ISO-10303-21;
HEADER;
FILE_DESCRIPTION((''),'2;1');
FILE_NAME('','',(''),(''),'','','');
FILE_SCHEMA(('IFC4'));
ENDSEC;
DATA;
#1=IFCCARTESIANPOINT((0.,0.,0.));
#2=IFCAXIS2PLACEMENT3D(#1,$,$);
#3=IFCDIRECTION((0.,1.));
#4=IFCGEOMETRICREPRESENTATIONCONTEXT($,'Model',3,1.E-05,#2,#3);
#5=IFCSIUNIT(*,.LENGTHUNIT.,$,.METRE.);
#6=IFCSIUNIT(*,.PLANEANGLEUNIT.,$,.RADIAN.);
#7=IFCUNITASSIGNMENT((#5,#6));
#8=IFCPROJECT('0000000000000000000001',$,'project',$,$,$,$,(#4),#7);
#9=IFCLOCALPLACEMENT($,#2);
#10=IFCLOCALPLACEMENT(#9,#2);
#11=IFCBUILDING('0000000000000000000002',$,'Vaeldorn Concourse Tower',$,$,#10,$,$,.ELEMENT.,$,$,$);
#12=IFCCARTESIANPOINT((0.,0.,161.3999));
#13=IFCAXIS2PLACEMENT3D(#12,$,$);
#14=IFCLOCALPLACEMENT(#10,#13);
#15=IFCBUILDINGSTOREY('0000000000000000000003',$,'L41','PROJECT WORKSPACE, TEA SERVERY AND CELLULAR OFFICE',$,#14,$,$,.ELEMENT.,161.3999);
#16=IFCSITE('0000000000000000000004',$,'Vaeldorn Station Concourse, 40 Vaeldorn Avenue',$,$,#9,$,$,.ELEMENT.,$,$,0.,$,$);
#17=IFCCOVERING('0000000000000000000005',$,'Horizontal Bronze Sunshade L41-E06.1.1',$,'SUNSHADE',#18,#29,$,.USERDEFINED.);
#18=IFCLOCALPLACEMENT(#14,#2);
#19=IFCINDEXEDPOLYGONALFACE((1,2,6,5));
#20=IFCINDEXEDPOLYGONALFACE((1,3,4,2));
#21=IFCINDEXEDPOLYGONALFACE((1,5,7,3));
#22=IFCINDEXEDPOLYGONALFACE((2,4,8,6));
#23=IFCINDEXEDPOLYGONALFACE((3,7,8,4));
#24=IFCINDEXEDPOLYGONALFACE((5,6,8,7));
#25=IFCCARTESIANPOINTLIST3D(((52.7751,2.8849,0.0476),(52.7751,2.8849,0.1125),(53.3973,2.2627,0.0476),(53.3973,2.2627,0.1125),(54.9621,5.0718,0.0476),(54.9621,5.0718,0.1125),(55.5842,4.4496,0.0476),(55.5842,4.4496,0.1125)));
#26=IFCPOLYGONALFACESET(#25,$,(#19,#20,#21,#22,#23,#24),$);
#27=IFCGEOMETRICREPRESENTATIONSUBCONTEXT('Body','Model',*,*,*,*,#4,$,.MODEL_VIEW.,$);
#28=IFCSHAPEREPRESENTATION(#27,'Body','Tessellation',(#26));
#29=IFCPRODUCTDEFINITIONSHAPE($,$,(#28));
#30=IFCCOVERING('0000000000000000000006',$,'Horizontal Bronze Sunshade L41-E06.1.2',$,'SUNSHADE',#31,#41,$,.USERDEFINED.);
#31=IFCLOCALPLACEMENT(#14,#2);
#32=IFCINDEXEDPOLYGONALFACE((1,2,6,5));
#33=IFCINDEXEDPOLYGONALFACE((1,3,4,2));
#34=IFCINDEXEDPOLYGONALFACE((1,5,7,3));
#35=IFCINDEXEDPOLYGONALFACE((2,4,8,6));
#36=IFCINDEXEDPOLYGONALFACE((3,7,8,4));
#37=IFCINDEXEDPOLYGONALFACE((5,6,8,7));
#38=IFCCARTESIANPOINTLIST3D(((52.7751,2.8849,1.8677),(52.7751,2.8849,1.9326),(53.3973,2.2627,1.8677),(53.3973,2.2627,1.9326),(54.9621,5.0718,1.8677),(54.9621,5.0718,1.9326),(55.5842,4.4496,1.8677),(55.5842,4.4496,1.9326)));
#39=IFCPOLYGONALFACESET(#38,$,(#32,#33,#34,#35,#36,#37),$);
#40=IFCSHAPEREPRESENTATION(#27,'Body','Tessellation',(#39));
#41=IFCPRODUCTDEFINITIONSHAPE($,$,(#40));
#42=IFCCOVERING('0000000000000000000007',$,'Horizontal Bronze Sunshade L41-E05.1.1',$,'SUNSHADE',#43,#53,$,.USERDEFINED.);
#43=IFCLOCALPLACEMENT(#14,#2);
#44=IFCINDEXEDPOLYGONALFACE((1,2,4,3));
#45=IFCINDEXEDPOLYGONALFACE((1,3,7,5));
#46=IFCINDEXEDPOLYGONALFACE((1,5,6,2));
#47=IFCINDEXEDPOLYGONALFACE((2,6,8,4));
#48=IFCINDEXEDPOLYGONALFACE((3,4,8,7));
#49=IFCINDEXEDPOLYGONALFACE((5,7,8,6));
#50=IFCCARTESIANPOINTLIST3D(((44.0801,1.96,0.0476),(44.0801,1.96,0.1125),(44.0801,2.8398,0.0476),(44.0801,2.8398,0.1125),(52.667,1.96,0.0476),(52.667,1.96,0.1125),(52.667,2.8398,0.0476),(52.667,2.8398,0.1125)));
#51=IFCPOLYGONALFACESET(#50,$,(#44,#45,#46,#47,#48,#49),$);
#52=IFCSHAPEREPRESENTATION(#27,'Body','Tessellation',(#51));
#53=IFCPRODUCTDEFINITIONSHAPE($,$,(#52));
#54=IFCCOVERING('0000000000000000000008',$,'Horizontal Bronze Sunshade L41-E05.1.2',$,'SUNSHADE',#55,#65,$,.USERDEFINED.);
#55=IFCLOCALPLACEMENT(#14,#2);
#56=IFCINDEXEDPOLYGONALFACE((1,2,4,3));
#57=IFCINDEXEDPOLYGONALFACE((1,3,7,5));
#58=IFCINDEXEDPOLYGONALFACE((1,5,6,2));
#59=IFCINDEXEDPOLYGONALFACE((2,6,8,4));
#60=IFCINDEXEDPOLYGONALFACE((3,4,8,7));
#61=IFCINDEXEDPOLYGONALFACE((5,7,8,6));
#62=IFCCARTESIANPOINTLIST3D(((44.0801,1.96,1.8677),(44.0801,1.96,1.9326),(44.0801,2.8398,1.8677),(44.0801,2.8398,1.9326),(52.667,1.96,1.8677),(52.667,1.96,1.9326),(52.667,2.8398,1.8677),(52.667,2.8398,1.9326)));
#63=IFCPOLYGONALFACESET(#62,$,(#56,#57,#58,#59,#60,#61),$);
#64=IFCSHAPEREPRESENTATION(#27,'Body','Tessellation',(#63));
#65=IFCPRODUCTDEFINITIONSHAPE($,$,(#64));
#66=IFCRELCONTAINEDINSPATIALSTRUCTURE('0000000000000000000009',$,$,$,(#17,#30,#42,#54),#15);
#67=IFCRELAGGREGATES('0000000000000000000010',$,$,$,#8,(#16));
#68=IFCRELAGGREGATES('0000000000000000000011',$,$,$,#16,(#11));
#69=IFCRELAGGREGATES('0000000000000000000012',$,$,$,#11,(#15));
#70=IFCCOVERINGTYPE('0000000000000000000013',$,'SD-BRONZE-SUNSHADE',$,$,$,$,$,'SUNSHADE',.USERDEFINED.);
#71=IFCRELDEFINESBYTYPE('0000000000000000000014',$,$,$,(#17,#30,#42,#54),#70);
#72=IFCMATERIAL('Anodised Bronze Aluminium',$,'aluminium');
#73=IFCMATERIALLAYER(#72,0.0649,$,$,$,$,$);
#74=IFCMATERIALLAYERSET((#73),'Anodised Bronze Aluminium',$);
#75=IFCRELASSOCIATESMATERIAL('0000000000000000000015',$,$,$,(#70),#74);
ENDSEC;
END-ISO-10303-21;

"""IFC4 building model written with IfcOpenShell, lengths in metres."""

from ifc_helpers import new_model, si_unit, direction, frame, origin, origin_2d, place, context, subcontext, project, spatial, rectangle, extrude, source, transform, mapped, material, layer, layer_set, type_object, element, save


model = new_model("IFC4")

# Units and contexts
model_context = context("Model", 3, precision=1e-05, world=origin(), true_north=direction((0.0, 1.0)))
body_context = subcontext(model_context, "Body", "Model", "MODEL_VIEW")
ifc_project = project(units=[si_unit("LENGTHUNIT", "METRE"), si_unit("PLANEANGLEUNIT", "RADIAN")], contexts=[model_context])

# Site, building, storey
site_placement = place(None, origin())
site = spatial("IfcSite", under=ifc_project, at=site_placement, Name="Vaeldorn Station Concourse, 40 Vaeldorn Avenue", CompositionType="ELEMENT", RefElevation=0.0)
building_placement = place(site_placement, origin())
building = spatial("IfcBuilding", under=site, at=building_placement, Name="Vaeldorn Concourse Tower", CompositionType="ELEMENT")
storey_placement = place(building_placement, frame((0.0, 0.0, 161.3999)))
storey = spatial("IfcBuildingStorey", under=building, at=storey_placement, Name="L41", Description="PROJECT WORKSPACE, TEA SERVERY AND CELLULAR OFFICE", CompositionType="ELEMENT", Elevation=161.3999)

# Shared definitions
ifc_material_1 = material(Name="Anodised Bronze Aluminium", Category="aluminium")

# Coverings
ifc_layer_1 = layer(ifc_material_1, 0.0649)
ifc_layer_set_1 = layer_set([ifc_layer_1], Name="Anodised Bronze Aluminium")
covering_type = type_object("IfcCoveringType", Name="SD-BRONZE-SUNSHADE", ElementType="SUNSHADE", PredefinedType="USERDEFINED", material=ifc_layer_set_1)
shared_shape_1 = source(origin(), body_context, "Body", "SweptSolid", [
    extrude(rectangle(XDim=3.0928, YDim=0.8799, at=origin_2d()), origin(), (0.0, 0.0, 1.0), 0.0649),
])
for number, where, z_axis, x_axis, name in (
    (1, (54.1797, 3.6672, 0.0476), (0.0, 0.0, 1.0), (0.707107, 0.707107, 0.0), "Horizontal Bronze Sunshade L41-E06.1.1"),
    (2, (54.1797, 3.6672, 1.8677), (0.0, 0.0, 1.0), (0.707107, 0.707107, 0.0), "Horizontal Bronze Sunshade L41-E06.1.2"),
):
    element("IfcCovering", number, at=place(storey_placement, frame(where, z_axis=z_axis, x_axis=x_axis)), inside=storey, type_object=covering_type, Name=name, ObjectType="SUNSHADE", PredefinedType="USERDEFINED", context=body_context, shape_type="MappedRepresentation", body=[
        mapped(shared_shape_1, transform((0.0, 0.0, 0.0), scale=1.0)),
    ])
shared_shape_2 = source(origin(), body_context, "Body", "SweptSolid", [
    extrude(rectangle(XDim=8.5869, YDim=0.8799, at=origin_2d()), origin(), (0.0, 0.0, 1.0), 0.0649),
])
for number, where, z_axis, x_axis, name in (
    (3, (48.3735, 2.3999, 0.0476), (0.0, 0.0, 1.0), (1.0, 0.0, 0.0), "Horizontal Bronze Sunshade L41-E05.1.1"),
    (4, (48.3735, 2.3999, 1.8677), (0.0, 0.0, 1.0), (1.0, 0.0, 0.0), "Horizontal Bronze Sunshade L41-E05.1.2"),
):
    element("IfcCovering", number, at=place(storey_placement, frame(where, z_axis=z_axis, x_axis=x_axis)), inside=storey, type_object=covering_type, Name=name, ObjectType="SUNSHADE", PredefinedType="USERDEFINED", context=body_context, shape_type="MappedRepresentation", body=[
        mapped(shared_shape_2, transform((0.0, 0.0, 0.0), scale=1.0)),
    ])

save(model, "model.ifc")
